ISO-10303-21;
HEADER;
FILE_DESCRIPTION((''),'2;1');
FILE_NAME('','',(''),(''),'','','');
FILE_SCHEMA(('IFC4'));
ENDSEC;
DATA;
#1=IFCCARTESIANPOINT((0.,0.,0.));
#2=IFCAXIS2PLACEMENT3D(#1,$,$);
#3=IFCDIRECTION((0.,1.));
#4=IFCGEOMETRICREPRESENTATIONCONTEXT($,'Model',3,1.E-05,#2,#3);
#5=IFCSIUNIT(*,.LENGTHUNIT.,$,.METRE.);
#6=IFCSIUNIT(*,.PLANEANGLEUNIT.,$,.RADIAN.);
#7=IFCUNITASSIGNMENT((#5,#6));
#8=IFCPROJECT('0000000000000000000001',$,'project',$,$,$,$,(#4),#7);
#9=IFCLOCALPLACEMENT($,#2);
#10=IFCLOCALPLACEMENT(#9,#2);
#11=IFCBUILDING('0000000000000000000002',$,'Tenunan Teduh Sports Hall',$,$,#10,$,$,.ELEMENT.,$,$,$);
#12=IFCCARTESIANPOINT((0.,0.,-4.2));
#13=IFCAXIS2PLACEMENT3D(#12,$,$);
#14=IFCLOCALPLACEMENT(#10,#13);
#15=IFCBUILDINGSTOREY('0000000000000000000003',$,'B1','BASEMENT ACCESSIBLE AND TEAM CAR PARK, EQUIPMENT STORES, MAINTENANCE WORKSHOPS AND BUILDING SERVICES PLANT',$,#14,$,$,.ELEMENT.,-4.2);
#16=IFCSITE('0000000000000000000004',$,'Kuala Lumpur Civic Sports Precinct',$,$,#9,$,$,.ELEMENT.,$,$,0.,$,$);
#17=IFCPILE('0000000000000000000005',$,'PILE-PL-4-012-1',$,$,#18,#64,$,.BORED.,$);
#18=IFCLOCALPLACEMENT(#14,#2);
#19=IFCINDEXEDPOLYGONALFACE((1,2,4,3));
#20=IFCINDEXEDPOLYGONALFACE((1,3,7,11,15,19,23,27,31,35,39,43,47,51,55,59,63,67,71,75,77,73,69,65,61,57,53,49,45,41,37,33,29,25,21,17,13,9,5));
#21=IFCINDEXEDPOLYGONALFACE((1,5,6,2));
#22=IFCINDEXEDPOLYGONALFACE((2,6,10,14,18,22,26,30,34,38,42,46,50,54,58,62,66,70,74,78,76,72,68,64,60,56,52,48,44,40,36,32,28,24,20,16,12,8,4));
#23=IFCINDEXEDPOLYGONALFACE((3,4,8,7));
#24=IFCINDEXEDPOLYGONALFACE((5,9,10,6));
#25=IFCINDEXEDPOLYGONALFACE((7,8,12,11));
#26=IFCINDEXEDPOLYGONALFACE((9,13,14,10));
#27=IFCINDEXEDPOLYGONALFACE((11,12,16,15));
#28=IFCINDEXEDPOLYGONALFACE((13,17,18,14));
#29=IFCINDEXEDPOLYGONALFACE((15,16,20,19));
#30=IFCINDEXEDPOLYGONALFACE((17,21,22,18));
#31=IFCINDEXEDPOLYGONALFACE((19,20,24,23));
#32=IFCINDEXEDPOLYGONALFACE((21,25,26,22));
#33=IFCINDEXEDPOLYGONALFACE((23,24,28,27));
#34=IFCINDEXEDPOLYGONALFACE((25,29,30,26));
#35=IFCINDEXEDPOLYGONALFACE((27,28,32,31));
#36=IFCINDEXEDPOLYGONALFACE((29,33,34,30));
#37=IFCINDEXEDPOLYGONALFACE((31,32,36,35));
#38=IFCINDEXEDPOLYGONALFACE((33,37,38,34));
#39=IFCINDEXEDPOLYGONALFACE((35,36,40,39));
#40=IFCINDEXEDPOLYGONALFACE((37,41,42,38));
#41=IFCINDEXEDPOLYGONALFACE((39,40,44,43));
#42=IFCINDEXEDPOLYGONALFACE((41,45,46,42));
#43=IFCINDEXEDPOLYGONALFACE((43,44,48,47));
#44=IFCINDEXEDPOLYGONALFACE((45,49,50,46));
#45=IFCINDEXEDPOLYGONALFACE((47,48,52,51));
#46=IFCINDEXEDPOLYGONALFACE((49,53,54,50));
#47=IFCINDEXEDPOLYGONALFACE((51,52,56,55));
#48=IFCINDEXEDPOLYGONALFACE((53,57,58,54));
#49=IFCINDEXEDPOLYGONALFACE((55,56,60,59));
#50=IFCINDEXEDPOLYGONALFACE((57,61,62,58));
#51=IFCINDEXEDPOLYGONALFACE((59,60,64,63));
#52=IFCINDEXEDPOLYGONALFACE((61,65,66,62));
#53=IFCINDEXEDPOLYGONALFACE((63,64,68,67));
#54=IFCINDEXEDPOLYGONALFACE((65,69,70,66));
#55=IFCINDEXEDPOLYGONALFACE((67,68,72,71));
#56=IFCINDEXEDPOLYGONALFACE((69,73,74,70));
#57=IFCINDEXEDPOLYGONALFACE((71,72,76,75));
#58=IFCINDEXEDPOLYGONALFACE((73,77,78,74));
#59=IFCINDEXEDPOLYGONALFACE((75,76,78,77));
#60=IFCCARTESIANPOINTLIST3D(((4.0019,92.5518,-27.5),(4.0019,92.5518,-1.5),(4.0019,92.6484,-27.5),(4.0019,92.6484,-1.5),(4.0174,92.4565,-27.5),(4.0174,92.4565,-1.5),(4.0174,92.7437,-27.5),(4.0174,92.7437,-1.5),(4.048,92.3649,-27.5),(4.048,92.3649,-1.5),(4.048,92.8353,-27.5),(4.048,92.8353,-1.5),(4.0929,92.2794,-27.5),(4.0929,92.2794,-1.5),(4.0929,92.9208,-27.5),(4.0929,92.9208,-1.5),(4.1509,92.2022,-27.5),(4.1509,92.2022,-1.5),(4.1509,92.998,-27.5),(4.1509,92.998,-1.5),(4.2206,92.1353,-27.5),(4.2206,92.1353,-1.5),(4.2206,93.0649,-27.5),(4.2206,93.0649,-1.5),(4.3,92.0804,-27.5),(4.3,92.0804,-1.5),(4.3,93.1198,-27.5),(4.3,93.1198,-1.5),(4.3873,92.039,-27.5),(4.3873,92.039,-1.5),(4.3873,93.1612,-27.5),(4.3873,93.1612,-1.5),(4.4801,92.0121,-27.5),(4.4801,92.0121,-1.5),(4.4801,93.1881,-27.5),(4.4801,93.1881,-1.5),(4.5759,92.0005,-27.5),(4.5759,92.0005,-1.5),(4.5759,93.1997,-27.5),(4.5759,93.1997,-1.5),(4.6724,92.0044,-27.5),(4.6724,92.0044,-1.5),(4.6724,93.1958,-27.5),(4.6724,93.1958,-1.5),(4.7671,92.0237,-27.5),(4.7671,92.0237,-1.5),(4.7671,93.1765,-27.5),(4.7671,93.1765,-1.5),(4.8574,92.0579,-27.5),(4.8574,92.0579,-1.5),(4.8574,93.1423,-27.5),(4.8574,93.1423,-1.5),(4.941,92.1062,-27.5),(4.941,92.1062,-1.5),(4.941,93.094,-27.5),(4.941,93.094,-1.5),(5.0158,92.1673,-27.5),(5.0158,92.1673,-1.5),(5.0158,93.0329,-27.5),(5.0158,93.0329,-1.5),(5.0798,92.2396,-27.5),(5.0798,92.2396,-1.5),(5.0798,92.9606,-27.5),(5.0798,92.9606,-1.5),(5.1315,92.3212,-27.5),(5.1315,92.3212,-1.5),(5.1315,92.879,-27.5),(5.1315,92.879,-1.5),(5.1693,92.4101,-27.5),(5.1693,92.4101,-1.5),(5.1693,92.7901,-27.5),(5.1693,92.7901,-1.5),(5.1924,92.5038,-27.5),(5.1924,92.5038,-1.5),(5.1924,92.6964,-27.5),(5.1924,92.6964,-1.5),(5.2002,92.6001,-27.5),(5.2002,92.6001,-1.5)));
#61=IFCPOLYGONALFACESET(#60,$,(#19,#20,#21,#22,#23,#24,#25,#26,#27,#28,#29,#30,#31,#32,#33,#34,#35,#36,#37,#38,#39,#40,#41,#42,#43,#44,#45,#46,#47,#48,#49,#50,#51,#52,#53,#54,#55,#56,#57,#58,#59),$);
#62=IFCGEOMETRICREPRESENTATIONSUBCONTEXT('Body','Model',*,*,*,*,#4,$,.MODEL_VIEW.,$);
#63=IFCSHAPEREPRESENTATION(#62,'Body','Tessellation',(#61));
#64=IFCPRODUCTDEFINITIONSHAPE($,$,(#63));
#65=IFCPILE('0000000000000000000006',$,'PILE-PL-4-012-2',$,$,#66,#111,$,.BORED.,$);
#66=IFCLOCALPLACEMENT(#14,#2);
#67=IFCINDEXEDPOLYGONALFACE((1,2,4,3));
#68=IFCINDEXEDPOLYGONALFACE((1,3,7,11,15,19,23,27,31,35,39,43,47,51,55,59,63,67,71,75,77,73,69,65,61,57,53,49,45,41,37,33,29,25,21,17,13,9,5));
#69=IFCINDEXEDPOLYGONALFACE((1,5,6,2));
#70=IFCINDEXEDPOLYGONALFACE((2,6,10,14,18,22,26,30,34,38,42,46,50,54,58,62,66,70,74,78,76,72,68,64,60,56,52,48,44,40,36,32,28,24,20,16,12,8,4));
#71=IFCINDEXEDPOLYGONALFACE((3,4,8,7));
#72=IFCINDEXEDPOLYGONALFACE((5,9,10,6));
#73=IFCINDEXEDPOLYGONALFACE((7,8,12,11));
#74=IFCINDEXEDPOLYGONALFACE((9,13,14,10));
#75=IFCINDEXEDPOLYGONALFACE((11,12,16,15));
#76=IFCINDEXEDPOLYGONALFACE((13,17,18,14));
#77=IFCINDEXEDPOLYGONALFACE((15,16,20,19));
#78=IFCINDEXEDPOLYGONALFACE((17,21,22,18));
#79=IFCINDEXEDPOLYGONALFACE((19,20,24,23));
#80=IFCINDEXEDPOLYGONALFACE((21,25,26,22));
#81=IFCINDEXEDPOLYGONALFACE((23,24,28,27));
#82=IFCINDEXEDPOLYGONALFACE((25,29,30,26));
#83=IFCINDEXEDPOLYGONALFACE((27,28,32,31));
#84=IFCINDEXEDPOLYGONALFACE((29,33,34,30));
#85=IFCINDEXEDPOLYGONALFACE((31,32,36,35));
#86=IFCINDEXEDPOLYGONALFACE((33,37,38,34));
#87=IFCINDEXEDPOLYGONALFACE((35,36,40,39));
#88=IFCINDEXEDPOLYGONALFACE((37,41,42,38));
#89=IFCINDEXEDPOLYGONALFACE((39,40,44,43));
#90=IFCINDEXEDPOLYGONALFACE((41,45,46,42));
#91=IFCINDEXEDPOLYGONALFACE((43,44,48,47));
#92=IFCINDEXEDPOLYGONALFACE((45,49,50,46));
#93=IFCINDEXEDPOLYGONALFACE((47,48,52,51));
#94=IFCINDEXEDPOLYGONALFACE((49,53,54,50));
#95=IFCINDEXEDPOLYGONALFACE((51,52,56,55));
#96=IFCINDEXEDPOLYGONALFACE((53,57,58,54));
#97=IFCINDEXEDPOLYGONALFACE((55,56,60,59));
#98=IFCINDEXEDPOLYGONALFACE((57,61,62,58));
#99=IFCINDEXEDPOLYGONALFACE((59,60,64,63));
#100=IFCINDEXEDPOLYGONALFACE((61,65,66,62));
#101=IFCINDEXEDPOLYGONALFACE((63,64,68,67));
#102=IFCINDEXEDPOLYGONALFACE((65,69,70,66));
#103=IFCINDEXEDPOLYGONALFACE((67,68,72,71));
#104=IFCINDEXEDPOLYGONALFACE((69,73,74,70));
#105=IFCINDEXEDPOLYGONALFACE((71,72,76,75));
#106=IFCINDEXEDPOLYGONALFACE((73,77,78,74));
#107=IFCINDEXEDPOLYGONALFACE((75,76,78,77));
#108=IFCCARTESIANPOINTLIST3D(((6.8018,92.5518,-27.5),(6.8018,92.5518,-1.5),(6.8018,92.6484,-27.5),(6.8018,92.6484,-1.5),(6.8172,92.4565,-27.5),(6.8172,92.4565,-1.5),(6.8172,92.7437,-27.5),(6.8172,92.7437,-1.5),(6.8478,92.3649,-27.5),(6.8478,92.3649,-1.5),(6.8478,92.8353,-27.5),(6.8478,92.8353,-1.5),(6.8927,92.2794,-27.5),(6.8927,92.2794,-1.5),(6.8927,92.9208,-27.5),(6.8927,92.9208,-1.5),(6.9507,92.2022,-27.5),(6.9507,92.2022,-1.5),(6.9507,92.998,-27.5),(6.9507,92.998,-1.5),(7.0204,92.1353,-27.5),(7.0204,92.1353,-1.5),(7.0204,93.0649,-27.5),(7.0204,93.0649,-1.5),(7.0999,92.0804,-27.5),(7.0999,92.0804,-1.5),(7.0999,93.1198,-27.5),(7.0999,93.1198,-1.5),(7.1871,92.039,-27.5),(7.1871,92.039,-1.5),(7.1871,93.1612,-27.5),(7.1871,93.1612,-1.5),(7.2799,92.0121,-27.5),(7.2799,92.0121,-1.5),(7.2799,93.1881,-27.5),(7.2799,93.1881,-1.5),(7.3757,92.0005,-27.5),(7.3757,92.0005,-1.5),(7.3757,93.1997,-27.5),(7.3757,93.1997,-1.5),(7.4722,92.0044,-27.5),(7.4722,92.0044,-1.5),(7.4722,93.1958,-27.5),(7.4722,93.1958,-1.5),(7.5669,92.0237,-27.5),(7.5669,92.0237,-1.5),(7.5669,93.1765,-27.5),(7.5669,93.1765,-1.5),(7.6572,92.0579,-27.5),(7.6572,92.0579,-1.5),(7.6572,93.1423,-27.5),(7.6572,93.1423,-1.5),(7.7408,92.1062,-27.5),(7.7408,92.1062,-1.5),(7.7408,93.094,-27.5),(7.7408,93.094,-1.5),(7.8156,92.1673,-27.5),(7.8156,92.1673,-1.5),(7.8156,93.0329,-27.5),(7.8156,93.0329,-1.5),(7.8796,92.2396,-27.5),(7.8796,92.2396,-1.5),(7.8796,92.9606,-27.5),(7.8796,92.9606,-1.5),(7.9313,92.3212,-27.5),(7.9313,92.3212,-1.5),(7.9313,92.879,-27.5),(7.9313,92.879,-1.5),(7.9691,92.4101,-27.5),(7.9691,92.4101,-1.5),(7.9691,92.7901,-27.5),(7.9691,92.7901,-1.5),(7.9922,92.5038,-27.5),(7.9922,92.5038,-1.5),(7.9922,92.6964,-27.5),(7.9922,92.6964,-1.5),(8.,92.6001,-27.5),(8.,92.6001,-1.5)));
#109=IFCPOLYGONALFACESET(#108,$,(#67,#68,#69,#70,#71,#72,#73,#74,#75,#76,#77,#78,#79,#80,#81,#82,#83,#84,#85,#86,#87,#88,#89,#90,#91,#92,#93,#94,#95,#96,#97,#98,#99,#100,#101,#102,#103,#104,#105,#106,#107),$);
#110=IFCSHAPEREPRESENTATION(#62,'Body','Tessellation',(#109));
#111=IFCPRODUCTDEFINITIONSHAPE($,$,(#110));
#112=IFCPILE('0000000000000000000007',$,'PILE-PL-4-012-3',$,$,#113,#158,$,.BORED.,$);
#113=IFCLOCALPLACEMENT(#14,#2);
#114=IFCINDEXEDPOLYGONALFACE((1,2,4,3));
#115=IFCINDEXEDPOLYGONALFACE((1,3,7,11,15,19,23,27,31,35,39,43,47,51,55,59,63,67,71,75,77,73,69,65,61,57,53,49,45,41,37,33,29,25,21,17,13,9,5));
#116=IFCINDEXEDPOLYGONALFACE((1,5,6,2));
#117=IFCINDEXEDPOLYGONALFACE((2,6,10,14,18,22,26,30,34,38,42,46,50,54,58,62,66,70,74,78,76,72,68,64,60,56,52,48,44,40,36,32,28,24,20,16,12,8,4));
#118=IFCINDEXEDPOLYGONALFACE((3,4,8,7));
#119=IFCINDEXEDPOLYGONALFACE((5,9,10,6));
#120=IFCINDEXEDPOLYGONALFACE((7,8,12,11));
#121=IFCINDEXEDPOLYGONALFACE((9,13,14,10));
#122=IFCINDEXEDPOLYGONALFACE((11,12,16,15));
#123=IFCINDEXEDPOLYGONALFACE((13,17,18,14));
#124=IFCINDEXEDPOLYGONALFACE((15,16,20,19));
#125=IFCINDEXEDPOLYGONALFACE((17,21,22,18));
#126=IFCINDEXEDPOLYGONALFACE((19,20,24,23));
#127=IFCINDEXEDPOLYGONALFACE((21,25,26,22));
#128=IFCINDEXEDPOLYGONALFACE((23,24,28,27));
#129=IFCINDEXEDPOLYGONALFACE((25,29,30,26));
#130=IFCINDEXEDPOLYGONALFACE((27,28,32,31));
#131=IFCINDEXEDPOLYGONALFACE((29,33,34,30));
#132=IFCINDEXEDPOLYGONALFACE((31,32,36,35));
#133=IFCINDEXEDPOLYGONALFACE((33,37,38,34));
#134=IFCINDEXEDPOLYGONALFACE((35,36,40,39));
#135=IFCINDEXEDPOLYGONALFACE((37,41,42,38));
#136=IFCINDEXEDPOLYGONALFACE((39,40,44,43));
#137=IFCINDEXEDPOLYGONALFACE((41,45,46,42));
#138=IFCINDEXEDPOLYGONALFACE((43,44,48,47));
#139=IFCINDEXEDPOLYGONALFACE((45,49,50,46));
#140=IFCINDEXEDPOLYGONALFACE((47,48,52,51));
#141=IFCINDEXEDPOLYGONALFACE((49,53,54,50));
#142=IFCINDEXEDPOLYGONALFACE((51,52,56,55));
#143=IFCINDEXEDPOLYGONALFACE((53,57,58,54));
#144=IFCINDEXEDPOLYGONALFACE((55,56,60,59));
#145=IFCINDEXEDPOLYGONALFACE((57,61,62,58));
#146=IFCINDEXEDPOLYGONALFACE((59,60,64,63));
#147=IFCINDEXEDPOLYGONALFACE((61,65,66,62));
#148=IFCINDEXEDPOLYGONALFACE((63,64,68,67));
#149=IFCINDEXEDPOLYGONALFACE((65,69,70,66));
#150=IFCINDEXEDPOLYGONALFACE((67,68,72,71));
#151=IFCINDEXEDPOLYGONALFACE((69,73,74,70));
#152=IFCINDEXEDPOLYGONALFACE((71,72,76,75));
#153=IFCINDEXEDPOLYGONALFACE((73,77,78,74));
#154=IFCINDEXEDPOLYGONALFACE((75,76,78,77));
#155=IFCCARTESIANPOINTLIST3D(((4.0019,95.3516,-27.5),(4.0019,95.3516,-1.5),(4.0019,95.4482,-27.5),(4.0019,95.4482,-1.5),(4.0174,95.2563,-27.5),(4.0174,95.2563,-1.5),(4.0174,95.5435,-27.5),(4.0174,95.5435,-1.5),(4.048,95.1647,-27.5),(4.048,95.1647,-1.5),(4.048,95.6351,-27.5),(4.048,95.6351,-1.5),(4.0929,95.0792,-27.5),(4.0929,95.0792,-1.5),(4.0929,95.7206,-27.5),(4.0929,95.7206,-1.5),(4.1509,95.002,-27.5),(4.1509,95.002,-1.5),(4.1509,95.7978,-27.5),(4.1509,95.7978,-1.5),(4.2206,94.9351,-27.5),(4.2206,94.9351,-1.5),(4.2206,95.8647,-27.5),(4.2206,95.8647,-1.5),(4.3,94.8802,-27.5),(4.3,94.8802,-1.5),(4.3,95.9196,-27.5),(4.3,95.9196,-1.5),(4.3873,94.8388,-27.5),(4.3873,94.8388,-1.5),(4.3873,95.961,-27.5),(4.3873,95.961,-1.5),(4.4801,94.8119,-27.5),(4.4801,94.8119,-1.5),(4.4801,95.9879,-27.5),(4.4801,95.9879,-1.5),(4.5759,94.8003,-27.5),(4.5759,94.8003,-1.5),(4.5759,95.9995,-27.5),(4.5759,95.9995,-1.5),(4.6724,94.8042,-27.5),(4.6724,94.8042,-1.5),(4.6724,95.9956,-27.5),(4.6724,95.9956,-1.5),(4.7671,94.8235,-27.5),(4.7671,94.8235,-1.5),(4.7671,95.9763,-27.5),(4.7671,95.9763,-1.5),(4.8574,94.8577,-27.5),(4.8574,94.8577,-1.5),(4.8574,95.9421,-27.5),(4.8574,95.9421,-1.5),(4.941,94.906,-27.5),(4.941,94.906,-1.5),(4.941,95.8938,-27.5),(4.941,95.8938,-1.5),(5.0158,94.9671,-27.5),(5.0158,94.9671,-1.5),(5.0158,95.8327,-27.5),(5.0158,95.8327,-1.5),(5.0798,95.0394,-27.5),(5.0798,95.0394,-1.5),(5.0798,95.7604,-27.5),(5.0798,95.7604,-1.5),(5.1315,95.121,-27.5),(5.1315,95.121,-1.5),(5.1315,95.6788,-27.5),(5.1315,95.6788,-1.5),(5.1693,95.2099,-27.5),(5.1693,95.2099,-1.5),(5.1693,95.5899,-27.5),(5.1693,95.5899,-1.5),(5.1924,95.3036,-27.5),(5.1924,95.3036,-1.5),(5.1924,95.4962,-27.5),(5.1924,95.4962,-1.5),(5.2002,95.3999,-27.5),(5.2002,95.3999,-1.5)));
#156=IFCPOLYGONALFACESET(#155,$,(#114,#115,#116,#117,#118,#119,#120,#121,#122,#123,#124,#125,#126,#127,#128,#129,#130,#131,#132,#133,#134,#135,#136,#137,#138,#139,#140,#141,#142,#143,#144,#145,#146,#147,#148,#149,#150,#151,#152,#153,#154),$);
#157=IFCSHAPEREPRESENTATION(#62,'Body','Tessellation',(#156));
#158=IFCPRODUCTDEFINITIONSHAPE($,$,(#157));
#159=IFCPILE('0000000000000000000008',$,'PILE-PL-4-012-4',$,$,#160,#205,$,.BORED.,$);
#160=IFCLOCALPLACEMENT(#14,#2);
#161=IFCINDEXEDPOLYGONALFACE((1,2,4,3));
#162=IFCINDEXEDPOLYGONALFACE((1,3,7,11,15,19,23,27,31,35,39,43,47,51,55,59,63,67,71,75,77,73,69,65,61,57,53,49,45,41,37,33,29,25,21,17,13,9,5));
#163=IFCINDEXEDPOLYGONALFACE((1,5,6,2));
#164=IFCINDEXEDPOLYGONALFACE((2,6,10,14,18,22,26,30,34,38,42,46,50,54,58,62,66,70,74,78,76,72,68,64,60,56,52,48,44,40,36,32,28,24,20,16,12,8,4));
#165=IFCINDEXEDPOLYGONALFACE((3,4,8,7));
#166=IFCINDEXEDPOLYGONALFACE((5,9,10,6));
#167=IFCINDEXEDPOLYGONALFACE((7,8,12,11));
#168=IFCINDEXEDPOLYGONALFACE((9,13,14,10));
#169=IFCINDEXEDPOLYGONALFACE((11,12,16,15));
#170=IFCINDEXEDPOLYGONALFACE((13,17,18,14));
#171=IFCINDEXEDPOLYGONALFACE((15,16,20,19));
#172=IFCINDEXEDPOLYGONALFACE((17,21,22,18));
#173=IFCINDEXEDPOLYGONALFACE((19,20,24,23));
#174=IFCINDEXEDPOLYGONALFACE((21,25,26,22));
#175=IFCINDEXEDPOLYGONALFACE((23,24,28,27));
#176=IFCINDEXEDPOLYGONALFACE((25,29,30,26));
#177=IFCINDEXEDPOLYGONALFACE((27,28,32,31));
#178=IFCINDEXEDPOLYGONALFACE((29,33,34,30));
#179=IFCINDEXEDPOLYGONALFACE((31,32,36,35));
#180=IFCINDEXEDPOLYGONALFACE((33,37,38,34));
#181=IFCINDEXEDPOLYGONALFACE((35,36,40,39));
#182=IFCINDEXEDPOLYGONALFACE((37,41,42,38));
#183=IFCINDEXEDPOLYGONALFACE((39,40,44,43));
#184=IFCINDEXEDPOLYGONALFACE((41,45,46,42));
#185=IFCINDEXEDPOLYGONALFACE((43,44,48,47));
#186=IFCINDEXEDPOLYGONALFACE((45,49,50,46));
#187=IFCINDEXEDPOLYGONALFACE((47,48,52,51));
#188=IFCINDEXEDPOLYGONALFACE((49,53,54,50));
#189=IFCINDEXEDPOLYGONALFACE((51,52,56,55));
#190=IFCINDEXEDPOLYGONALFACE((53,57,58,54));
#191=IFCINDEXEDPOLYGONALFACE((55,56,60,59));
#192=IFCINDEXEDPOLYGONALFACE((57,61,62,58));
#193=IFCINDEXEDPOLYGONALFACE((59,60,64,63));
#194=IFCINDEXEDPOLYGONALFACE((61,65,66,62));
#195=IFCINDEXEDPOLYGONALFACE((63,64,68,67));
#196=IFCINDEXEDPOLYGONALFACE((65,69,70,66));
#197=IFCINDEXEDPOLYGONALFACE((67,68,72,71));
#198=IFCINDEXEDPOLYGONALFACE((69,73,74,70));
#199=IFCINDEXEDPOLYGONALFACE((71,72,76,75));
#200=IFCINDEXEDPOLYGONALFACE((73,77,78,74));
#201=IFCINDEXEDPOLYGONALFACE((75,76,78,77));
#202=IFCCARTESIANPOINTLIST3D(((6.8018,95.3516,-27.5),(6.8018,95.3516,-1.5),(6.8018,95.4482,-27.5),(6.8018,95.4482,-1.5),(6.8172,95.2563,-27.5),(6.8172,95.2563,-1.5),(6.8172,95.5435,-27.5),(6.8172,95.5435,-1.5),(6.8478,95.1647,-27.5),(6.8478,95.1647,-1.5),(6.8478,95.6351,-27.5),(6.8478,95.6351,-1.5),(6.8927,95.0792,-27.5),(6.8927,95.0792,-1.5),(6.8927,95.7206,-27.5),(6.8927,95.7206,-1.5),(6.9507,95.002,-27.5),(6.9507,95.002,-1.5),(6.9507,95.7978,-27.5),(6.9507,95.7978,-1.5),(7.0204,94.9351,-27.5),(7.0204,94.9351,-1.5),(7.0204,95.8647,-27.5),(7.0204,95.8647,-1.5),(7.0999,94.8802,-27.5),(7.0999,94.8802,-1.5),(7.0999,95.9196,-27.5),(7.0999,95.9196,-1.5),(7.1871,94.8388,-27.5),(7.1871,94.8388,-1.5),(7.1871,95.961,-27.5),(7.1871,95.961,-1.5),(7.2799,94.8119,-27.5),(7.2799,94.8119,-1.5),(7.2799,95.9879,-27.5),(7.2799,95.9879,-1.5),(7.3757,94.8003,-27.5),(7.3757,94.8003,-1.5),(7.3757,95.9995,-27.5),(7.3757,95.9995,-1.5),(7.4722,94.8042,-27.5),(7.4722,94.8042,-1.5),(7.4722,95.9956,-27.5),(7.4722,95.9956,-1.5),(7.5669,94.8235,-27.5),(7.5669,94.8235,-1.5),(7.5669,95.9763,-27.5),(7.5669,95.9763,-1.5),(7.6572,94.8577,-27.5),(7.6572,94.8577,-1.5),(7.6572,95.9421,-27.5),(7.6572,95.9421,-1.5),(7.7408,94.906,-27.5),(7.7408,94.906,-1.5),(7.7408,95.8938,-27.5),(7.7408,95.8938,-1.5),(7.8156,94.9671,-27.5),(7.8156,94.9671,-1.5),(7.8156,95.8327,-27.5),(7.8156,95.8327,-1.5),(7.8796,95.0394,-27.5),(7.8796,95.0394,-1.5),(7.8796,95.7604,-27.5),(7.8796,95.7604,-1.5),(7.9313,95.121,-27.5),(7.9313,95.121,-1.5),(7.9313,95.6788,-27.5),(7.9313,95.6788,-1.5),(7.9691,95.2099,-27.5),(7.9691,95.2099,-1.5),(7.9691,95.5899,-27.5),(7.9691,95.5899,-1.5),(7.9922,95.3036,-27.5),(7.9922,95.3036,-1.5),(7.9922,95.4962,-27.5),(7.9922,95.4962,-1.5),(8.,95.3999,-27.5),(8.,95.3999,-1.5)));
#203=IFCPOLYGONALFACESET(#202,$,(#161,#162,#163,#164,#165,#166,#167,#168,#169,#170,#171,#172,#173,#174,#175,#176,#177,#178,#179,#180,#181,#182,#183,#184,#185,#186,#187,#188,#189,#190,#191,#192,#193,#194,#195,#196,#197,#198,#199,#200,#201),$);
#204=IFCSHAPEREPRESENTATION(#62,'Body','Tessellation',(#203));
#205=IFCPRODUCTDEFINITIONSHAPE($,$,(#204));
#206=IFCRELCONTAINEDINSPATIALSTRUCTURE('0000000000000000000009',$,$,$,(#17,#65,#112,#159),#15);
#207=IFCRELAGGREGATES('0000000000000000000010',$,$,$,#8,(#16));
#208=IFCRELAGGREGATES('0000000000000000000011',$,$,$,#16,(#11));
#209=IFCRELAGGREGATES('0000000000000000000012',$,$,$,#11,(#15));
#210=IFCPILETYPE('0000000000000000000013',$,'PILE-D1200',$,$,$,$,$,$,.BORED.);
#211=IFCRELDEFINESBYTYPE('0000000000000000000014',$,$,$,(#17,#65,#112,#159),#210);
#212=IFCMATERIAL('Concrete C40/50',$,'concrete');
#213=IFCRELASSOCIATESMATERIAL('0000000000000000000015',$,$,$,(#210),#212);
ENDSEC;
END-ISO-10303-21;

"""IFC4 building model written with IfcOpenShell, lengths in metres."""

from ifc_helpers import new_model, si_unit, direction, frame, origin, origin_2d, place, context, subcontext, project, spatial, circle, extrude, material, material_profile, profile_set, type_object, element, save


model = new_model("IFC4")

# Units and contexts
model_context = context("Model", 3, precision=1e-05, world=origin(), true_north=direction((0.0, 1.0)))
body_context = subcontext(model_context, "Body", "Model", "MODEL_VIEW")
ifc_project = project(units=[si_unit("LENGTHUNIT", "METRE"), si_unit("PLANEANGLEUNIT", "RADIAN")], contexts=[model_context])

# Site, building, storey
site_placement = place(None, origin())
site = spatial("IfcSite", under=ifc_project, at=site_placement, Name="Kuala Lumpur Civic Sports Precinct", CompositionType="ELEMENT", RefElevation=0.0)
building_placement = place(site_placement, origin())
building = spatial("IfcBuilding", under=site, at=building_placement, Name="Tenunan Teduh Sports Hall", CompositionType="ELEMENT")
storey_placement = place(building_placement, frame((0.0, 0.0, -4.2)))
storey = spatial("IfcBuildingStorey", under=building, at=storey_placement, Name="B1", Description="BASEMENT ACCESSIBLE AND TEAM CAR PARK, EQUIPMENT STORES, MAINTENANCE WORKSHOPS AND BUILDING SERVICES PLANT", CompositionType="ELEMENT", Elevation=-4.2)

# Piles
ifc_material_1 = material(Name="Concrete C40/50", Category="concrete")
ifc_material_profile_1 = material_profile(ifc_material_1, circle(Radius=0.6001, at=origin_2d()), Name="PILE D1200")
ifc_profile_set_1 = profile_set([ifc_material_profile_1], Name="Concrete C40/50")
pile_type = type_object("IfcPileType", Name="PILE-D1200", PredefinedType="BORED", material=ifc_profile_set_1)
for number, where, z_axis, x_axis, name in (
    (1, (4.6001, 92.6001, -1.5), (0.0, 0.0, -1.0), (1.0, 0.0, 0.0), "PILE-PL-4-012-1"),
    (2, (7.3999, 92.6001, -1.5), (0.0, 0.0, -1.0), (1.0, 0.0, 0.0), "PILE-PL-4-012-2"),
    (3, (4.6001, 95.3999, -1.5), (0.0, 0.0, -1.0), (1.0, 0.0, 0.0), "PILE-PL-4-012-3"),
    (4, (7.3999, 95.3999, -1.5), (0.0, 0.0, -1.0), (1.0, 0.0, 0.0), "PILE-PL-4-012-4"),
):
    element("IfcPile", number, at=place(storey_placement, frame(where, z_axis=z_axis, x_axis=x_axis)), inside=storey, type_object=pile_type, Name=name, PredefinedType="BORED", context=body_context, shape_type="SweptSolid", body=[
        extrude(circle(Radius=0.6001, at=origin_2d()), origin(), (0.0, 0.0, 1.0), 26.0),
    ])

save(model, "model.ifc")
